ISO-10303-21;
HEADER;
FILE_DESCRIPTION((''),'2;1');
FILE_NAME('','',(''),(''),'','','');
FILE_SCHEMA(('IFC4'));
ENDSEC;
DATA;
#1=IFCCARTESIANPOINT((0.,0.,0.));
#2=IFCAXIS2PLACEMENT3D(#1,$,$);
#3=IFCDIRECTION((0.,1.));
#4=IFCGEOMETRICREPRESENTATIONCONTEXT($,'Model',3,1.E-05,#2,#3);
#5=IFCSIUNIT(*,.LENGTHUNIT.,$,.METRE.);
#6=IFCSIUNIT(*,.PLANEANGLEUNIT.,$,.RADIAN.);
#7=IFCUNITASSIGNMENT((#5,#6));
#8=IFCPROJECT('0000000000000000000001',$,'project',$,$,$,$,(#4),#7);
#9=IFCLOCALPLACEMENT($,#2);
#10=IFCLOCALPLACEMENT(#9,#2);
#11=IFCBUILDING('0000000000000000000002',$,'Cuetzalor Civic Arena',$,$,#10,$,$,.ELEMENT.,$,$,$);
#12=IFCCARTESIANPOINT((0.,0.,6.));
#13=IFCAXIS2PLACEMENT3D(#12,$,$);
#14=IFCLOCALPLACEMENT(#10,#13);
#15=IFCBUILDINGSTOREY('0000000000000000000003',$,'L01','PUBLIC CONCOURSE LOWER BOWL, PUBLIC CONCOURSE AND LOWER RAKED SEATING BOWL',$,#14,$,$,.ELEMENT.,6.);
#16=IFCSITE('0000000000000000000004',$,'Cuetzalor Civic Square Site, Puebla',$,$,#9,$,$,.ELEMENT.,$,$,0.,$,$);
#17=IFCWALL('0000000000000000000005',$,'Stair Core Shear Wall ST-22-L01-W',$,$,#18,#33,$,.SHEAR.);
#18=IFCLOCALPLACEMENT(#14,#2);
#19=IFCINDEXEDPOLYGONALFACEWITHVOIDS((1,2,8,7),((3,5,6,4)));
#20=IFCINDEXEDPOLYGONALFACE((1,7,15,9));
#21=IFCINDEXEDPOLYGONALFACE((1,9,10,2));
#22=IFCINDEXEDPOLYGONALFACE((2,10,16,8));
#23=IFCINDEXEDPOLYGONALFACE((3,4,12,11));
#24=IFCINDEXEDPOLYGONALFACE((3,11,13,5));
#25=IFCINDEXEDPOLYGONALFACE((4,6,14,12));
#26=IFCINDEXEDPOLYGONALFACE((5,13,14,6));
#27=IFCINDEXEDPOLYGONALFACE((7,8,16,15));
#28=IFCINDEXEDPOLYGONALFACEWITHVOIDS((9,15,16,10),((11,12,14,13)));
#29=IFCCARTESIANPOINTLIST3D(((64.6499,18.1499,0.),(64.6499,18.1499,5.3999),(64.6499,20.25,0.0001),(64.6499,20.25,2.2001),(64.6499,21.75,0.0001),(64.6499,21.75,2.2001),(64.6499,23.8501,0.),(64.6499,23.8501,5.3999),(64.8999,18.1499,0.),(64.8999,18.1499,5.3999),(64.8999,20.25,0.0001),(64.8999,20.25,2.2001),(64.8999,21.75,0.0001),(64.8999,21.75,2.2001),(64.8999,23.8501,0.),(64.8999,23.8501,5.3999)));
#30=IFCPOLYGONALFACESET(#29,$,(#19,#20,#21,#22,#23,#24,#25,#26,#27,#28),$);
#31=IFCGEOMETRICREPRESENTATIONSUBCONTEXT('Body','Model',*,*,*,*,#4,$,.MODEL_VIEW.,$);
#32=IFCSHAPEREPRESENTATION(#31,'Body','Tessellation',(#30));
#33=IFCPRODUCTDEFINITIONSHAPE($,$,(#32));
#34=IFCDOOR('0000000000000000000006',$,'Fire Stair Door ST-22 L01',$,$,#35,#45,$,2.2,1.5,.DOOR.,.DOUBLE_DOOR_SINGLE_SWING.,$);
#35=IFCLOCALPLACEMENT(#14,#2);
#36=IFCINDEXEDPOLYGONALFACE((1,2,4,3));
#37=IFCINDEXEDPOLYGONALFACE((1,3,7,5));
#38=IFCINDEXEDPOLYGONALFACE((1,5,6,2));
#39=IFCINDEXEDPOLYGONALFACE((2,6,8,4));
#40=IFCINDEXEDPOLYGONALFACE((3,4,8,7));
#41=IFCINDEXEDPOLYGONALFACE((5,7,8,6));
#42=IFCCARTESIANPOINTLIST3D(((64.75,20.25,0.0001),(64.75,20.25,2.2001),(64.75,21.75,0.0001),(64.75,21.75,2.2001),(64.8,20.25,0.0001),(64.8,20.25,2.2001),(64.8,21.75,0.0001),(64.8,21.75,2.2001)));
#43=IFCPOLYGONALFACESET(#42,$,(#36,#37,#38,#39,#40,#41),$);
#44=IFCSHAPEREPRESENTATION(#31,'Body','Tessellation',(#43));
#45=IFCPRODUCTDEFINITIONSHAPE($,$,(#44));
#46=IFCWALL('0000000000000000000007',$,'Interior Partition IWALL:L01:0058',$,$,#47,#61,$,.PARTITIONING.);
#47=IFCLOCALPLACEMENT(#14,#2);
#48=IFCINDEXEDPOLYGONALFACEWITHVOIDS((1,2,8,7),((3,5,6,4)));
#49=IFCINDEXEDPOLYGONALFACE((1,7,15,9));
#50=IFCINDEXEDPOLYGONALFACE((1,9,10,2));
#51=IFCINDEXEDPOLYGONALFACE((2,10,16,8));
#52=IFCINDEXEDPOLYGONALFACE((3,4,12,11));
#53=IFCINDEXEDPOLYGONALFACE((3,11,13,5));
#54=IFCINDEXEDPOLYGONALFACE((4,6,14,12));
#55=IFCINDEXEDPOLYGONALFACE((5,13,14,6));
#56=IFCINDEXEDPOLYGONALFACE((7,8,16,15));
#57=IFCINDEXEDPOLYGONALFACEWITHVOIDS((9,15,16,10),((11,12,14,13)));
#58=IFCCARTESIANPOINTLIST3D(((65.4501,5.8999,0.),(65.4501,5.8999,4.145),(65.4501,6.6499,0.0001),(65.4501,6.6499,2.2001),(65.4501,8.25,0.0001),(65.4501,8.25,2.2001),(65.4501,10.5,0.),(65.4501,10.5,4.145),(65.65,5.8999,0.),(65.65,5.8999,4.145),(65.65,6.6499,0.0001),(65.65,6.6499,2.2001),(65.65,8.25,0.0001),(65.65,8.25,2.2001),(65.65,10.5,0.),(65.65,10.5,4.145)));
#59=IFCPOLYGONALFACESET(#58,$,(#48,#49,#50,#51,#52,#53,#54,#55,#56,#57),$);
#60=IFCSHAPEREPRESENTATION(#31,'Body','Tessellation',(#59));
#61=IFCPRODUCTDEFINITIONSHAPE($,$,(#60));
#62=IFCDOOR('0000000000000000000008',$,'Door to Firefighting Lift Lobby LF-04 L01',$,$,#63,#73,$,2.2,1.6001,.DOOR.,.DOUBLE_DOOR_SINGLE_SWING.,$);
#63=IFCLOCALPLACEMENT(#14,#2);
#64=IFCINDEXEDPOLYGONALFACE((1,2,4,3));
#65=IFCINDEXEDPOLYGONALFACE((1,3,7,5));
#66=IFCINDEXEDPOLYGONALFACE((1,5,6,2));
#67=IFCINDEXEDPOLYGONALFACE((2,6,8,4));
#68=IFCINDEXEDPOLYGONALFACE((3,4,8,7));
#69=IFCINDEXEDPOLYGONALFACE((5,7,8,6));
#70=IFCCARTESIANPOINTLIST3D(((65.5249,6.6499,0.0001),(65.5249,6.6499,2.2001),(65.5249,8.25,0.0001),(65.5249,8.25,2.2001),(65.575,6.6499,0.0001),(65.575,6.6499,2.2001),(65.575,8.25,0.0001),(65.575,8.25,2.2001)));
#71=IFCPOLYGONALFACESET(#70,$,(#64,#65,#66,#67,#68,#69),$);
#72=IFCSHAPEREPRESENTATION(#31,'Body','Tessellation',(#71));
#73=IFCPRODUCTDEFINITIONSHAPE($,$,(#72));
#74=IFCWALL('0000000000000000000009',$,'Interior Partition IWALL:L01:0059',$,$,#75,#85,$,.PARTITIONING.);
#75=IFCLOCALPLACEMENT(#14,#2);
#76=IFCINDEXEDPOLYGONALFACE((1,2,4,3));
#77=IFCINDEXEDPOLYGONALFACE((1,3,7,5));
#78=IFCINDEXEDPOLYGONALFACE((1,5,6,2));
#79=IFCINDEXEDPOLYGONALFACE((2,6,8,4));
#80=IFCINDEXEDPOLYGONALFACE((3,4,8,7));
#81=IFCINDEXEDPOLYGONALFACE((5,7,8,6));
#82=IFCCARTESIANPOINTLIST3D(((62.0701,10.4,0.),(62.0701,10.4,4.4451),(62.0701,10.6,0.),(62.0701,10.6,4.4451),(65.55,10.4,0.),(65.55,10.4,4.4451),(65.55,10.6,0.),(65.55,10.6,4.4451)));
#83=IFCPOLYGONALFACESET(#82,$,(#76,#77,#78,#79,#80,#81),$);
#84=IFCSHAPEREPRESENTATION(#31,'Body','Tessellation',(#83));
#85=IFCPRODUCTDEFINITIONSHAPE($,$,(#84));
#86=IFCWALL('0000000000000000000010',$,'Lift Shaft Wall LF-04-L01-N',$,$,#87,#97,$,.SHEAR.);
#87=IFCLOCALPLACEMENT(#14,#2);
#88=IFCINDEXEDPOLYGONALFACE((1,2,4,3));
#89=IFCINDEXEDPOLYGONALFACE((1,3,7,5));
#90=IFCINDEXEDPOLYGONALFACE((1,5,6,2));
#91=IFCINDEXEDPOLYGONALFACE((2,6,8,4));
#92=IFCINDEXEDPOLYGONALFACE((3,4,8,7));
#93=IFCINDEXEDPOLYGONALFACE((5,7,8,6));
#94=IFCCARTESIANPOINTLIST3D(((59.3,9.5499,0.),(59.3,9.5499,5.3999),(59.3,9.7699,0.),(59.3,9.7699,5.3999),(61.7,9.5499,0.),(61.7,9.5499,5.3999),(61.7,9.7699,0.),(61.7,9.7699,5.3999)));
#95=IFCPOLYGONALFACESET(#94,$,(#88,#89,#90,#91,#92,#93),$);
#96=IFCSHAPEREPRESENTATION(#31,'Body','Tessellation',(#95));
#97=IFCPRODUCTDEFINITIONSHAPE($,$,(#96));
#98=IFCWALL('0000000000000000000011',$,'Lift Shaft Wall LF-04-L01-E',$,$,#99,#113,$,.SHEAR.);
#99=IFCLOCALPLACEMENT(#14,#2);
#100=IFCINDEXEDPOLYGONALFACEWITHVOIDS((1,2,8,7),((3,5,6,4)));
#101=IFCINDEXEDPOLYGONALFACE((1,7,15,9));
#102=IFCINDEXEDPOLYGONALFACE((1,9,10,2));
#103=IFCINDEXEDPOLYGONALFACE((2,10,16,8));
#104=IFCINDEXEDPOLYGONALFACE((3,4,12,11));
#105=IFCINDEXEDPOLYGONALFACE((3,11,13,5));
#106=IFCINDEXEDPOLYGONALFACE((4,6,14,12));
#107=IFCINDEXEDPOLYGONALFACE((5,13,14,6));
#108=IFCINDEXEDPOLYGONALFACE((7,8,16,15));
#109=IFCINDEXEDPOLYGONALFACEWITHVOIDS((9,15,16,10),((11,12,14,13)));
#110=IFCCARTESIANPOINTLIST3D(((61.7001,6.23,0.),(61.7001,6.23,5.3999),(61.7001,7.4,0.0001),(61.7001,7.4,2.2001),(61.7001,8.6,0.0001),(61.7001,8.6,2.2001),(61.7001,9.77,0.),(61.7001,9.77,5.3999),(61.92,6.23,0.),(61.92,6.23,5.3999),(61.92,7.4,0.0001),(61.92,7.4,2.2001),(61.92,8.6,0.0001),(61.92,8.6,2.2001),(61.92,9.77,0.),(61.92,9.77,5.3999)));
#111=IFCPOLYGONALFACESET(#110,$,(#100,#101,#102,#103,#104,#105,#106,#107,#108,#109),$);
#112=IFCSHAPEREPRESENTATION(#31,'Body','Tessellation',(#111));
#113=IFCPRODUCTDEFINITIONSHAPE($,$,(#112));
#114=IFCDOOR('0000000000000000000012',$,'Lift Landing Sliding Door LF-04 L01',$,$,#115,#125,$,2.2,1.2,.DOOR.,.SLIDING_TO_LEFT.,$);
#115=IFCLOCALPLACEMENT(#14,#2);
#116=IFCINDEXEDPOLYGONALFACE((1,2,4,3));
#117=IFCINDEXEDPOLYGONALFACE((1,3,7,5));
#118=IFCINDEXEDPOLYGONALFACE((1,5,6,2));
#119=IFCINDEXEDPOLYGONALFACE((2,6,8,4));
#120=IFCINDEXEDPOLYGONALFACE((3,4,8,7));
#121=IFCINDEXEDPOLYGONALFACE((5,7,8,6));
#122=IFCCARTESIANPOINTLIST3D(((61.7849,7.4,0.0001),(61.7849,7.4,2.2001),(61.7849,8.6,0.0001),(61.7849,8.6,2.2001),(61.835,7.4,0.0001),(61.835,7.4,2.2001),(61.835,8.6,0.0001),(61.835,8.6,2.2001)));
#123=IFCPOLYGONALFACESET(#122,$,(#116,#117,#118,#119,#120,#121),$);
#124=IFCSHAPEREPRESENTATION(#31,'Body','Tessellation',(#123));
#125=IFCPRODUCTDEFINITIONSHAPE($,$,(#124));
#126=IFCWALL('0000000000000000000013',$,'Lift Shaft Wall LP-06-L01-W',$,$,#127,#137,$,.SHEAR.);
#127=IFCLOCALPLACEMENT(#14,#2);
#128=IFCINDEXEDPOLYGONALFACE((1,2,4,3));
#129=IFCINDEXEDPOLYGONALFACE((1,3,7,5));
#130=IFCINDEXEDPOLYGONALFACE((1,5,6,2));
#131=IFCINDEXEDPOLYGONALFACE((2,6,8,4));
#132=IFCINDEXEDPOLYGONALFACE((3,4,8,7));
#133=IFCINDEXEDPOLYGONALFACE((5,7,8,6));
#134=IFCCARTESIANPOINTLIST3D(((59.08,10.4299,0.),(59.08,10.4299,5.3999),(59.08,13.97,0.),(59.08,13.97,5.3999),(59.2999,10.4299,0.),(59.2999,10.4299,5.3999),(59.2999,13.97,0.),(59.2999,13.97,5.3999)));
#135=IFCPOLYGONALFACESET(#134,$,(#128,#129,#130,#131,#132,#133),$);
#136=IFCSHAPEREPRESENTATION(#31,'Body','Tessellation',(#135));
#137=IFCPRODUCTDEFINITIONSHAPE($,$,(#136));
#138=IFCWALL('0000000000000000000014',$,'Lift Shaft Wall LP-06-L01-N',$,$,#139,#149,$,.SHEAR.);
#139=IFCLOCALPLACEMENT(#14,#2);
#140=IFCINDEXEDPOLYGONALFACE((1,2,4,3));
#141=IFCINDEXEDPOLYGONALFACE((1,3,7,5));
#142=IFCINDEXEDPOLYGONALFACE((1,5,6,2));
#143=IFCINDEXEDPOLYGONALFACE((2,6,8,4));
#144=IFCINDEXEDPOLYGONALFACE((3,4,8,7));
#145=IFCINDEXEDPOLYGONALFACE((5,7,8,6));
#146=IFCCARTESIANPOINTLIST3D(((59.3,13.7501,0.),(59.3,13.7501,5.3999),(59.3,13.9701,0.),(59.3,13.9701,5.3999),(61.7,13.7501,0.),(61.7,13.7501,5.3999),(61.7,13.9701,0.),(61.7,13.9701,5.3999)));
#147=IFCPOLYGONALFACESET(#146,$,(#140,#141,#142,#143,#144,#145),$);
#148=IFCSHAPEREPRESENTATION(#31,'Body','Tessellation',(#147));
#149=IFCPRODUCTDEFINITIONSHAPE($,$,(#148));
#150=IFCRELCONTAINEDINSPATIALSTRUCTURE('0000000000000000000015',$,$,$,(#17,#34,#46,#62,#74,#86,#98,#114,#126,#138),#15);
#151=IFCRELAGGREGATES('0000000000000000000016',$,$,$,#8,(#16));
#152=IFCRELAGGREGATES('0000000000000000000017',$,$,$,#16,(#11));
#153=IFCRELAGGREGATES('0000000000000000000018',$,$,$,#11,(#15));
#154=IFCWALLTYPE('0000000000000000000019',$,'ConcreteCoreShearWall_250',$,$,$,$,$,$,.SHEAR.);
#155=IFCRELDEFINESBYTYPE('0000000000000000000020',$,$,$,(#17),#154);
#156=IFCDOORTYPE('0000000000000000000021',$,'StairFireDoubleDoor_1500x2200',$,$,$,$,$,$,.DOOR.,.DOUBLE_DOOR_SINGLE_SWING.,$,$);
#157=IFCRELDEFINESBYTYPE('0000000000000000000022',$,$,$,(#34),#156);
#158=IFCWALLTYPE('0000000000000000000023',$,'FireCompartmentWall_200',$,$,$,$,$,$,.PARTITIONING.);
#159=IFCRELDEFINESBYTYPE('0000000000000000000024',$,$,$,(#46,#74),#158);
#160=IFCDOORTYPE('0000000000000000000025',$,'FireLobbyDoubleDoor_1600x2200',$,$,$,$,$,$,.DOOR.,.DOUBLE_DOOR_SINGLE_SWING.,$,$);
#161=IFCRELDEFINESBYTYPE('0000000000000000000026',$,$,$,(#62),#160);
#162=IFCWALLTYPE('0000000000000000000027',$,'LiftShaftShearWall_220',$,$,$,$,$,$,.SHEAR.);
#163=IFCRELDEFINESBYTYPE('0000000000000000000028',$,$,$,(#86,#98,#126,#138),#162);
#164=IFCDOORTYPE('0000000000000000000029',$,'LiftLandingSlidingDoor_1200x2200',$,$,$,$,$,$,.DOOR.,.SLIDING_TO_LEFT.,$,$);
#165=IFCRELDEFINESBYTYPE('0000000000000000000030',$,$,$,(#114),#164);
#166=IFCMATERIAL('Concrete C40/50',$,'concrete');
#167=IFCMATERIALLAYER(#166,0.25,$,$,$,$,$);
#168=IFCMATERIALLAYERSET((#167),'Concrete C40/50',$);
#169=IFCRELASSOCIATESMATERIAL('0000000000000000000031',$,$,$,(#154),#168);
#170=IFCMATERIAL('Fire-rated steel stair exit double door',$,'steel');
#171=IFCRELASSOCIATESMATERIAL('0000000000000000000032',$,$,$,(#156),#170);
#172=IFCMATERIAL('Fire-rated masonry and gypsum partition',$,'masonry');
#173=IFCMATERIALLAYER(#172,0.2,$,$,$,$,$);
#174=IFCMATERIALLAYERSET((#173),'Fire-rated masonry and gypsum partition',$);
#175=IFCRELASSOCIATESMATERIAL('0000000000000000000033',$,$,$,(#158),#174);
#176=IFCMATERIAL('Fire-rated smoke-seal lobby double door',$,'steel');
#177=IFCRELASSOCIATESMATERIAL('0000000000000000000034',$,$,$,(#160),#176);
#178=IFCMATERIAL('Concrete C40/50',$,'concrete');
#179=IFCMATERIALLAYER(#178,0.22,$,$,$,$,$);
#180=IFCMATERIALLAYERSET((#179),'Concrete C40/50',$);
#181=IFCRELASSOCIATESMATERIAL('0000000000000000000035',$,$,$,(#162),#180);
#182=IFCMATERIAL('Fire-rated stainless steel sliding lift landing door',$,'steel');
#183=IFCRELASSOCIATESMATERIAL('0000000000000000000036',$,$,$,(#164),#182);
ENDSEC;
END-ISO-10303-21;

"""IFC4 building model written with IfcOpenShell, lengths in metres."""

from ifc_helpers import new_model, si_unit, direction, frame, frame_2d, origin, place, context, subcontext, project, spatial, rectangle, extrude, material, layer, layer_set, type_object, element, fill, save


model = new_model("IFC4")

# Units and contexts
model_context = context("Model", 3, precision=1e-05, world=origin(), true_north=direction((0.0, 1.0)))
body_context = subcontext(model_context, "Body", "Model", "MODEL_VIEW")
ifc_project = project(units=[si_unit("LENGTHUNIT", "METRE"), si_unit("PLANEANGLEUNIT", "RADIAN")], contexts=[model_context])

# Site, building, storey
site_placement = place(None, origin())
site = spatial("IfcSite", under=ifc_project, at=site_placement, Name="Cuetzalor Civic Square Site, Puebla", CompositionType="ELEMENT", RefElevation=0.0)
building_placement = place(site_placement, origin())
building = spatial("IfcBuilding", under=site, at=building_placement, Name="Cuetzalor Civic Arena", CompositionType="ELEMENT")
storey_placement = place(building_placement, frame((0.0, 0.0, 6.0)))
storey = spatial("IfcBuildingStorey", under=building, at=storey_placement, Name="L01", Description="PUBLIC CONCOURSE LOWER BOWL, PUBLIC CONCOURSE AND LOWER RAKED SEATING BOWL", CompositionType="ELEMENT", Elevation=6.0)

# Walls, openings, doors
ifc_material_1 = material(Name="Concrete C40/50", Category="concrete")
ifc_layer_1 = layer(ifc_material_1, 0.25)
ifc_layer_set_1 = layer_set([ifc_layer_1], Name="Concrete C40/50")
wall_type_1 = type_object("IfcWallType", Name="ConcreteCoreShearWall_250", PredefinedType="SHEAR", material=ifc_layer_set_1)
wall_1_placement = place(storey_placement, frame((64.7749, 18.1499, 0.0), z_axis=(0.0, 0.0, 1.0), x_axis=(0.0, 1.0, 0.0)))
wall_1 = element("IfcWall", 1, at=wall_1_placement, inside=storey, type_object=wall_type_1, Name="Stair Core Shear Wall ST-22-L01-W", PredefinedType="SHEAR", context=body_context, shape_type="SweptSolid", body=[
    extrude(rectangle(XDim=5.7002, YDim=0.25, at=frame_2d((2.8501, 0.0))), origin(), (0.0, 0.0, 1.0), 5.3999),
])
opening_1_placement = place(wall_1_placement, frame((2.1001, 0.0, 0.0)))
opening_1 = element("IfcOpeningElement", 2, at=opening_1_placement, cuts=wall_1, PredefinedType="OPENING", context=body_context, shape_type="SweptSolid", body=[
    extrude(rectangle(XDim=1.5, YDim=2.2, at=frame_2d((0.75, 1.1001))), frame((0.0, 0.135, 0.0), z_axis=(0.0, -1.0, 0.0), x_axis=(1.0, 0.0, 0.0)), (0.0, 0.0, 1.0), 0.27),
])
ifc_material_2 = material(Name="Fire-rated steel stair exit double door", Category="steel")
door_type_1 = type_object("IfcDoorType", Name="StairFireDoubleDoor_1500x2200", OperationType="DOUBLE_DOOR_SINGLE_SWING", PredefinedType="DOOR", material=ifc_material_2)
door_1_placement = place(opening_1_placement, origin())
door_1 = element("IfcDoor", 3, at=door_1_placement, inside=storey, type_object=door_type_1, Name="Fire Stair Door ST-22 L01", OperationType="DOUBLE_DOOR_SINGLE_SWING", OverallHeight=2.2, OverallWidth=1.5, PredefinedType="DOOR", context=body_context, shape_type="SweptSolid", body=[
    extrude(rectangle(XDim=1.5, YDim=2.2, at=frame_2d((0.75, 1.1001))), frame((0.0, 0.0249, 0.0), z_axis=(0.0, -1.0, 0.0), x_axis=(1.0, 0.0, 0.0)), (0.0, 0.0, 1.0), 0.05),
])
fill(opening_1, door_1)
ifc_material_3 = material(Name="Fire-rated masonry and gypsum partition", Category="masonry")
ifc_layer_2 = layer(ifc_material_3, 0.2)
ifc_layer_set_2 = layer_set([ifc_layer_2], Name="Fire-rated masonry and gypsum partition")
wall_type_2 = type_object("IfcWallType", Name="FireCompartmentWall_200", PredefinedType="PARTITIONING", material=ifc_layer_set_2)
wall_2_placement = place(storey_placement, frame((65.55, 10.5, 0.0), z_axis=(0.0, 0.0, 1.0), x_axis=(0.0, -1.0, 0.0)))
wall_2 = element("IfcWall", 4, at=wall_2_placement, inside=storey, type_object=wall_type_2, Name="Interior Partition IWALL:L01:0058", PredefinedType="PARTITIONING", context=body_context, shape_type="SweptSolid", body=[
    extrude(rectangle(XDim=4.6001, YDim=0.2, at=frame_2d((2.3, 0.0))), origin(), (0.0, 0.0, 1.0), 4.145),
])
opening_2_placement = place(wall_2_placement, frame((2.25, 0.0, 0.0)))
opening_2 = element("IfcOpeningElement", 5, at=opening_2_placement, cuts=wall_2, PredefinedType="OPENING", context=body_context, shape_type="SweptSolid", body=[
    extrude(rectangle(XDim=1.6001, YDim=2.2, at=frame_2d((0.8, 1.1001))), frame((0.0, 0.1099, 0.0), z_axis=(0.0, -1.0, 0.0), x_axis=(1.0, 0.0, 0.0)), (0.0, 0.0, 1.0), 0.22),
])
ifc_material_4 = material(Name="Fire-rated smoke-seal lobby double door", Category="steel")
door_type_2 = type_object("IfcDoorType", Name="FireLobbyDoubleDoor_1600x2200", OperationType="DOUBLE_DOOR_SINGLE_SWING", PredefinedType="DOOR", material=ifc_material_4)
door_2_placement = place(opening_2_placement, origin())
door_2 = element("IfcDoor", 6, at=door_2_placement, inside=storey, type_object=door_type_2, Name="Door to Firefighting Lift Lobby LF-04 L01", OperationType="DOUBLE_DOOR_SINGLE_SWING", OverallHeight=2.2, OverallWidth=1.6001, PredefinedType="DOOR", context=body_context, shape_type="SweptSolid", body=[
    extrude(rectangle(XDim=1.6001, YDim=2.2, at=frame_2d((0.8, 1.1001))), frame((0.0, 0.0249, 0.0), z_axis=(0.0, -1.0, 0.0), x_axis=(1.0, 0.0, 0.0)), (0.0, 0.0, 1.0), 0.05),
])
fill(opening_2, door_2)

# Walls
wall_3_placement = place(storey_placement, frame((62.0701, 10.5, 0.0), z_axis=(0.0, 0.0, 1.0), x_axis=(1.0, 0.0, 0.0)))
element("IfcWall", 7, at=wall_3_placement, inside=storey, type_object=wall_type_2, Name="Interior Partition IWALL:L01:0059", PredefinedType="PARTITIONING", context=body_context, shape_type="SweptSolid", body=[
    extrude(rectangle(XDim=3.48, YDim=0.2, at=frame_2d((1.74, 0.0))), origin(), (0.0, 0.0, 1.0), 4.4451),
])
ifc_material_5 = material(Name="Concrete C40/50", Category="concrete")
ifc_layer_3 = layer(ifc_material_5, 0.22)
ifc_layer_set_3 = layer_set([ifc_layer_3], Name="Concrete C40/50")
wall_type_3 = type_object("IfcWallType", Name="LiftShaftShearWall_220", PredefinedType="SHEAR", material=ifc_layer_set_3)
wall_4_placement = place(storey_placement, frame((59.3, 9.6599, 0.0), z_axis=(0.0, 0.0, 1.0), x_axis=(1.0, 0.0, 0.0)))
element("IfcWall", 8, at=wall_4_placement, inside=storey, type_object=wall_type_3, Name="Lift Shaft Wall LF-04-L01-N", PredefinedType="SHEAR", context=body_context, shape_type="SweptSolid", body=[
    extrude(rectangle(XDim=2.3999, YDim=0.22, at=frame_2d((1.2, 0.0))), origin(), (0.0, 0.0, 1.0), 5.3999),
])

# Wall, opening, door
wall_5_placement = place(storey_placement, frame((61.8101, 9.77, 0.0), z_axis=(0.0, 0.0, 1.0), x_axis=(0.0, -1.0, 0.0)))
wall_5 = element("IfcWall", 9, at=wall_5_placement, inside=storey, type_object=wall_type_3, Name="Lift Shaft Wall LF-04-L01-E", PredefinedType="SHEAR", context=body_context, shape_type="SweptSolid", body=[
    extrude(rectangle(XDim=3.54, YDim=0.22, at=frame_2d((1.77, 0.0))), origin(), (0.0, 0.0, 1.0), 5.3999),
])
opening_3_placement = place(wall_5_placement, frame((1.1699, 0.0, 0.0)))
opening_3 = element("IfcOpeningElement", 10, at=opening_3_placement, cuts=wall_5, PredefinedType="OPENING", context=body_context, shape_type="SweptSolid", body=[
    extrude(rectangle(XDim=1.2, YDim=2.2, at=frame_2d((0.6001, 1.1001))), frame((0.0, 0.1201, 0.0), z_axis=(0.0, -1.0, 0.0), x_axis=(1.0, 0.0, 0.0)), (0.0, 0.0, 1.0), 0.24),
])
ifc_material_6 = material(Name="Fire-rated stainless steel sliding lift landing door", Category="steel")
door_type_3 = type_object("IfcDoorType", Name="LiftLandingSlidingDoor_1200x2200", OperationType="SLIDING_TO_LEFT", PredefinedType="DOOR", material=ifc_material_6)
door_3_placement = place(opening_3_placement, origin())
door_3 = element("IfcDoor", 11, at=door_3_placement, inside=storey, type_object=door_type_3, Name="Lift Landing Sliding Door LF-04 L01", OperationType="SLIDING_TO_LEFT", OverallHeight=2.2, OverallWidth=1.2, PredefinedType="DOOR", context=body_context, shape_type="SweptSolid", body=[
    extrude(rectangle(XDim=1.2, YDim=2.2, at=frame_2d((0.6001, 1.1001))), frame((0.0, 0.0249, 0.0), z_axis=(0.0, -1.0, 0.0), x_axis=(1.0, 0.0, 0.0)), (0.0, 0.0, 1.0), 0.05),
])
fill(opening_3, door_3)

# Walls
wall_6_placement = place(storey_placement, frame((59.1899, 10.4299, 0.0), z_axis=(0.0, 0.0, 1.0), x_axis=(0.0, 1.0, 0.0)))
element("IfcWall", 12, at=wall_6_placement, inside=storey, type_object=wall_type_3, Name="Lift Shaft Wall LP-06-L01-W", PredefinedType="SHEAR", context=body_context, shape_type="SweptSolid", body=[
    extrude(rectangle(XDim=3.54, YDim=0.22, at=frame_2d((1.77, 0.0))), origin(), (0.0, 0.0, 1.0), 5.3999),
])
wall_7_placement = place(storey_placement, frame((59.3, 13.8601, 0.0), z_axis=(0.0, 0.0, 1.0), x_axis=(1.0, 0.0, 0.0)))
element("IfcWall", 13, at=wall_7_placement, inside=storey, type_object=wall_type_3, Name="Lift Shaft Wall LP-06-L01-N", PredefinedType="SHEAR", context=body_context, shape_type="SweptSolid", body=[
    extrude(rectangle(XDim=2.3999, YDim=0.22, at=frame_2d((1.2, 0.0))), origin(), (0.0, 0.0, 1.0), 5.3999),
])

save(model, "model.ifc")
